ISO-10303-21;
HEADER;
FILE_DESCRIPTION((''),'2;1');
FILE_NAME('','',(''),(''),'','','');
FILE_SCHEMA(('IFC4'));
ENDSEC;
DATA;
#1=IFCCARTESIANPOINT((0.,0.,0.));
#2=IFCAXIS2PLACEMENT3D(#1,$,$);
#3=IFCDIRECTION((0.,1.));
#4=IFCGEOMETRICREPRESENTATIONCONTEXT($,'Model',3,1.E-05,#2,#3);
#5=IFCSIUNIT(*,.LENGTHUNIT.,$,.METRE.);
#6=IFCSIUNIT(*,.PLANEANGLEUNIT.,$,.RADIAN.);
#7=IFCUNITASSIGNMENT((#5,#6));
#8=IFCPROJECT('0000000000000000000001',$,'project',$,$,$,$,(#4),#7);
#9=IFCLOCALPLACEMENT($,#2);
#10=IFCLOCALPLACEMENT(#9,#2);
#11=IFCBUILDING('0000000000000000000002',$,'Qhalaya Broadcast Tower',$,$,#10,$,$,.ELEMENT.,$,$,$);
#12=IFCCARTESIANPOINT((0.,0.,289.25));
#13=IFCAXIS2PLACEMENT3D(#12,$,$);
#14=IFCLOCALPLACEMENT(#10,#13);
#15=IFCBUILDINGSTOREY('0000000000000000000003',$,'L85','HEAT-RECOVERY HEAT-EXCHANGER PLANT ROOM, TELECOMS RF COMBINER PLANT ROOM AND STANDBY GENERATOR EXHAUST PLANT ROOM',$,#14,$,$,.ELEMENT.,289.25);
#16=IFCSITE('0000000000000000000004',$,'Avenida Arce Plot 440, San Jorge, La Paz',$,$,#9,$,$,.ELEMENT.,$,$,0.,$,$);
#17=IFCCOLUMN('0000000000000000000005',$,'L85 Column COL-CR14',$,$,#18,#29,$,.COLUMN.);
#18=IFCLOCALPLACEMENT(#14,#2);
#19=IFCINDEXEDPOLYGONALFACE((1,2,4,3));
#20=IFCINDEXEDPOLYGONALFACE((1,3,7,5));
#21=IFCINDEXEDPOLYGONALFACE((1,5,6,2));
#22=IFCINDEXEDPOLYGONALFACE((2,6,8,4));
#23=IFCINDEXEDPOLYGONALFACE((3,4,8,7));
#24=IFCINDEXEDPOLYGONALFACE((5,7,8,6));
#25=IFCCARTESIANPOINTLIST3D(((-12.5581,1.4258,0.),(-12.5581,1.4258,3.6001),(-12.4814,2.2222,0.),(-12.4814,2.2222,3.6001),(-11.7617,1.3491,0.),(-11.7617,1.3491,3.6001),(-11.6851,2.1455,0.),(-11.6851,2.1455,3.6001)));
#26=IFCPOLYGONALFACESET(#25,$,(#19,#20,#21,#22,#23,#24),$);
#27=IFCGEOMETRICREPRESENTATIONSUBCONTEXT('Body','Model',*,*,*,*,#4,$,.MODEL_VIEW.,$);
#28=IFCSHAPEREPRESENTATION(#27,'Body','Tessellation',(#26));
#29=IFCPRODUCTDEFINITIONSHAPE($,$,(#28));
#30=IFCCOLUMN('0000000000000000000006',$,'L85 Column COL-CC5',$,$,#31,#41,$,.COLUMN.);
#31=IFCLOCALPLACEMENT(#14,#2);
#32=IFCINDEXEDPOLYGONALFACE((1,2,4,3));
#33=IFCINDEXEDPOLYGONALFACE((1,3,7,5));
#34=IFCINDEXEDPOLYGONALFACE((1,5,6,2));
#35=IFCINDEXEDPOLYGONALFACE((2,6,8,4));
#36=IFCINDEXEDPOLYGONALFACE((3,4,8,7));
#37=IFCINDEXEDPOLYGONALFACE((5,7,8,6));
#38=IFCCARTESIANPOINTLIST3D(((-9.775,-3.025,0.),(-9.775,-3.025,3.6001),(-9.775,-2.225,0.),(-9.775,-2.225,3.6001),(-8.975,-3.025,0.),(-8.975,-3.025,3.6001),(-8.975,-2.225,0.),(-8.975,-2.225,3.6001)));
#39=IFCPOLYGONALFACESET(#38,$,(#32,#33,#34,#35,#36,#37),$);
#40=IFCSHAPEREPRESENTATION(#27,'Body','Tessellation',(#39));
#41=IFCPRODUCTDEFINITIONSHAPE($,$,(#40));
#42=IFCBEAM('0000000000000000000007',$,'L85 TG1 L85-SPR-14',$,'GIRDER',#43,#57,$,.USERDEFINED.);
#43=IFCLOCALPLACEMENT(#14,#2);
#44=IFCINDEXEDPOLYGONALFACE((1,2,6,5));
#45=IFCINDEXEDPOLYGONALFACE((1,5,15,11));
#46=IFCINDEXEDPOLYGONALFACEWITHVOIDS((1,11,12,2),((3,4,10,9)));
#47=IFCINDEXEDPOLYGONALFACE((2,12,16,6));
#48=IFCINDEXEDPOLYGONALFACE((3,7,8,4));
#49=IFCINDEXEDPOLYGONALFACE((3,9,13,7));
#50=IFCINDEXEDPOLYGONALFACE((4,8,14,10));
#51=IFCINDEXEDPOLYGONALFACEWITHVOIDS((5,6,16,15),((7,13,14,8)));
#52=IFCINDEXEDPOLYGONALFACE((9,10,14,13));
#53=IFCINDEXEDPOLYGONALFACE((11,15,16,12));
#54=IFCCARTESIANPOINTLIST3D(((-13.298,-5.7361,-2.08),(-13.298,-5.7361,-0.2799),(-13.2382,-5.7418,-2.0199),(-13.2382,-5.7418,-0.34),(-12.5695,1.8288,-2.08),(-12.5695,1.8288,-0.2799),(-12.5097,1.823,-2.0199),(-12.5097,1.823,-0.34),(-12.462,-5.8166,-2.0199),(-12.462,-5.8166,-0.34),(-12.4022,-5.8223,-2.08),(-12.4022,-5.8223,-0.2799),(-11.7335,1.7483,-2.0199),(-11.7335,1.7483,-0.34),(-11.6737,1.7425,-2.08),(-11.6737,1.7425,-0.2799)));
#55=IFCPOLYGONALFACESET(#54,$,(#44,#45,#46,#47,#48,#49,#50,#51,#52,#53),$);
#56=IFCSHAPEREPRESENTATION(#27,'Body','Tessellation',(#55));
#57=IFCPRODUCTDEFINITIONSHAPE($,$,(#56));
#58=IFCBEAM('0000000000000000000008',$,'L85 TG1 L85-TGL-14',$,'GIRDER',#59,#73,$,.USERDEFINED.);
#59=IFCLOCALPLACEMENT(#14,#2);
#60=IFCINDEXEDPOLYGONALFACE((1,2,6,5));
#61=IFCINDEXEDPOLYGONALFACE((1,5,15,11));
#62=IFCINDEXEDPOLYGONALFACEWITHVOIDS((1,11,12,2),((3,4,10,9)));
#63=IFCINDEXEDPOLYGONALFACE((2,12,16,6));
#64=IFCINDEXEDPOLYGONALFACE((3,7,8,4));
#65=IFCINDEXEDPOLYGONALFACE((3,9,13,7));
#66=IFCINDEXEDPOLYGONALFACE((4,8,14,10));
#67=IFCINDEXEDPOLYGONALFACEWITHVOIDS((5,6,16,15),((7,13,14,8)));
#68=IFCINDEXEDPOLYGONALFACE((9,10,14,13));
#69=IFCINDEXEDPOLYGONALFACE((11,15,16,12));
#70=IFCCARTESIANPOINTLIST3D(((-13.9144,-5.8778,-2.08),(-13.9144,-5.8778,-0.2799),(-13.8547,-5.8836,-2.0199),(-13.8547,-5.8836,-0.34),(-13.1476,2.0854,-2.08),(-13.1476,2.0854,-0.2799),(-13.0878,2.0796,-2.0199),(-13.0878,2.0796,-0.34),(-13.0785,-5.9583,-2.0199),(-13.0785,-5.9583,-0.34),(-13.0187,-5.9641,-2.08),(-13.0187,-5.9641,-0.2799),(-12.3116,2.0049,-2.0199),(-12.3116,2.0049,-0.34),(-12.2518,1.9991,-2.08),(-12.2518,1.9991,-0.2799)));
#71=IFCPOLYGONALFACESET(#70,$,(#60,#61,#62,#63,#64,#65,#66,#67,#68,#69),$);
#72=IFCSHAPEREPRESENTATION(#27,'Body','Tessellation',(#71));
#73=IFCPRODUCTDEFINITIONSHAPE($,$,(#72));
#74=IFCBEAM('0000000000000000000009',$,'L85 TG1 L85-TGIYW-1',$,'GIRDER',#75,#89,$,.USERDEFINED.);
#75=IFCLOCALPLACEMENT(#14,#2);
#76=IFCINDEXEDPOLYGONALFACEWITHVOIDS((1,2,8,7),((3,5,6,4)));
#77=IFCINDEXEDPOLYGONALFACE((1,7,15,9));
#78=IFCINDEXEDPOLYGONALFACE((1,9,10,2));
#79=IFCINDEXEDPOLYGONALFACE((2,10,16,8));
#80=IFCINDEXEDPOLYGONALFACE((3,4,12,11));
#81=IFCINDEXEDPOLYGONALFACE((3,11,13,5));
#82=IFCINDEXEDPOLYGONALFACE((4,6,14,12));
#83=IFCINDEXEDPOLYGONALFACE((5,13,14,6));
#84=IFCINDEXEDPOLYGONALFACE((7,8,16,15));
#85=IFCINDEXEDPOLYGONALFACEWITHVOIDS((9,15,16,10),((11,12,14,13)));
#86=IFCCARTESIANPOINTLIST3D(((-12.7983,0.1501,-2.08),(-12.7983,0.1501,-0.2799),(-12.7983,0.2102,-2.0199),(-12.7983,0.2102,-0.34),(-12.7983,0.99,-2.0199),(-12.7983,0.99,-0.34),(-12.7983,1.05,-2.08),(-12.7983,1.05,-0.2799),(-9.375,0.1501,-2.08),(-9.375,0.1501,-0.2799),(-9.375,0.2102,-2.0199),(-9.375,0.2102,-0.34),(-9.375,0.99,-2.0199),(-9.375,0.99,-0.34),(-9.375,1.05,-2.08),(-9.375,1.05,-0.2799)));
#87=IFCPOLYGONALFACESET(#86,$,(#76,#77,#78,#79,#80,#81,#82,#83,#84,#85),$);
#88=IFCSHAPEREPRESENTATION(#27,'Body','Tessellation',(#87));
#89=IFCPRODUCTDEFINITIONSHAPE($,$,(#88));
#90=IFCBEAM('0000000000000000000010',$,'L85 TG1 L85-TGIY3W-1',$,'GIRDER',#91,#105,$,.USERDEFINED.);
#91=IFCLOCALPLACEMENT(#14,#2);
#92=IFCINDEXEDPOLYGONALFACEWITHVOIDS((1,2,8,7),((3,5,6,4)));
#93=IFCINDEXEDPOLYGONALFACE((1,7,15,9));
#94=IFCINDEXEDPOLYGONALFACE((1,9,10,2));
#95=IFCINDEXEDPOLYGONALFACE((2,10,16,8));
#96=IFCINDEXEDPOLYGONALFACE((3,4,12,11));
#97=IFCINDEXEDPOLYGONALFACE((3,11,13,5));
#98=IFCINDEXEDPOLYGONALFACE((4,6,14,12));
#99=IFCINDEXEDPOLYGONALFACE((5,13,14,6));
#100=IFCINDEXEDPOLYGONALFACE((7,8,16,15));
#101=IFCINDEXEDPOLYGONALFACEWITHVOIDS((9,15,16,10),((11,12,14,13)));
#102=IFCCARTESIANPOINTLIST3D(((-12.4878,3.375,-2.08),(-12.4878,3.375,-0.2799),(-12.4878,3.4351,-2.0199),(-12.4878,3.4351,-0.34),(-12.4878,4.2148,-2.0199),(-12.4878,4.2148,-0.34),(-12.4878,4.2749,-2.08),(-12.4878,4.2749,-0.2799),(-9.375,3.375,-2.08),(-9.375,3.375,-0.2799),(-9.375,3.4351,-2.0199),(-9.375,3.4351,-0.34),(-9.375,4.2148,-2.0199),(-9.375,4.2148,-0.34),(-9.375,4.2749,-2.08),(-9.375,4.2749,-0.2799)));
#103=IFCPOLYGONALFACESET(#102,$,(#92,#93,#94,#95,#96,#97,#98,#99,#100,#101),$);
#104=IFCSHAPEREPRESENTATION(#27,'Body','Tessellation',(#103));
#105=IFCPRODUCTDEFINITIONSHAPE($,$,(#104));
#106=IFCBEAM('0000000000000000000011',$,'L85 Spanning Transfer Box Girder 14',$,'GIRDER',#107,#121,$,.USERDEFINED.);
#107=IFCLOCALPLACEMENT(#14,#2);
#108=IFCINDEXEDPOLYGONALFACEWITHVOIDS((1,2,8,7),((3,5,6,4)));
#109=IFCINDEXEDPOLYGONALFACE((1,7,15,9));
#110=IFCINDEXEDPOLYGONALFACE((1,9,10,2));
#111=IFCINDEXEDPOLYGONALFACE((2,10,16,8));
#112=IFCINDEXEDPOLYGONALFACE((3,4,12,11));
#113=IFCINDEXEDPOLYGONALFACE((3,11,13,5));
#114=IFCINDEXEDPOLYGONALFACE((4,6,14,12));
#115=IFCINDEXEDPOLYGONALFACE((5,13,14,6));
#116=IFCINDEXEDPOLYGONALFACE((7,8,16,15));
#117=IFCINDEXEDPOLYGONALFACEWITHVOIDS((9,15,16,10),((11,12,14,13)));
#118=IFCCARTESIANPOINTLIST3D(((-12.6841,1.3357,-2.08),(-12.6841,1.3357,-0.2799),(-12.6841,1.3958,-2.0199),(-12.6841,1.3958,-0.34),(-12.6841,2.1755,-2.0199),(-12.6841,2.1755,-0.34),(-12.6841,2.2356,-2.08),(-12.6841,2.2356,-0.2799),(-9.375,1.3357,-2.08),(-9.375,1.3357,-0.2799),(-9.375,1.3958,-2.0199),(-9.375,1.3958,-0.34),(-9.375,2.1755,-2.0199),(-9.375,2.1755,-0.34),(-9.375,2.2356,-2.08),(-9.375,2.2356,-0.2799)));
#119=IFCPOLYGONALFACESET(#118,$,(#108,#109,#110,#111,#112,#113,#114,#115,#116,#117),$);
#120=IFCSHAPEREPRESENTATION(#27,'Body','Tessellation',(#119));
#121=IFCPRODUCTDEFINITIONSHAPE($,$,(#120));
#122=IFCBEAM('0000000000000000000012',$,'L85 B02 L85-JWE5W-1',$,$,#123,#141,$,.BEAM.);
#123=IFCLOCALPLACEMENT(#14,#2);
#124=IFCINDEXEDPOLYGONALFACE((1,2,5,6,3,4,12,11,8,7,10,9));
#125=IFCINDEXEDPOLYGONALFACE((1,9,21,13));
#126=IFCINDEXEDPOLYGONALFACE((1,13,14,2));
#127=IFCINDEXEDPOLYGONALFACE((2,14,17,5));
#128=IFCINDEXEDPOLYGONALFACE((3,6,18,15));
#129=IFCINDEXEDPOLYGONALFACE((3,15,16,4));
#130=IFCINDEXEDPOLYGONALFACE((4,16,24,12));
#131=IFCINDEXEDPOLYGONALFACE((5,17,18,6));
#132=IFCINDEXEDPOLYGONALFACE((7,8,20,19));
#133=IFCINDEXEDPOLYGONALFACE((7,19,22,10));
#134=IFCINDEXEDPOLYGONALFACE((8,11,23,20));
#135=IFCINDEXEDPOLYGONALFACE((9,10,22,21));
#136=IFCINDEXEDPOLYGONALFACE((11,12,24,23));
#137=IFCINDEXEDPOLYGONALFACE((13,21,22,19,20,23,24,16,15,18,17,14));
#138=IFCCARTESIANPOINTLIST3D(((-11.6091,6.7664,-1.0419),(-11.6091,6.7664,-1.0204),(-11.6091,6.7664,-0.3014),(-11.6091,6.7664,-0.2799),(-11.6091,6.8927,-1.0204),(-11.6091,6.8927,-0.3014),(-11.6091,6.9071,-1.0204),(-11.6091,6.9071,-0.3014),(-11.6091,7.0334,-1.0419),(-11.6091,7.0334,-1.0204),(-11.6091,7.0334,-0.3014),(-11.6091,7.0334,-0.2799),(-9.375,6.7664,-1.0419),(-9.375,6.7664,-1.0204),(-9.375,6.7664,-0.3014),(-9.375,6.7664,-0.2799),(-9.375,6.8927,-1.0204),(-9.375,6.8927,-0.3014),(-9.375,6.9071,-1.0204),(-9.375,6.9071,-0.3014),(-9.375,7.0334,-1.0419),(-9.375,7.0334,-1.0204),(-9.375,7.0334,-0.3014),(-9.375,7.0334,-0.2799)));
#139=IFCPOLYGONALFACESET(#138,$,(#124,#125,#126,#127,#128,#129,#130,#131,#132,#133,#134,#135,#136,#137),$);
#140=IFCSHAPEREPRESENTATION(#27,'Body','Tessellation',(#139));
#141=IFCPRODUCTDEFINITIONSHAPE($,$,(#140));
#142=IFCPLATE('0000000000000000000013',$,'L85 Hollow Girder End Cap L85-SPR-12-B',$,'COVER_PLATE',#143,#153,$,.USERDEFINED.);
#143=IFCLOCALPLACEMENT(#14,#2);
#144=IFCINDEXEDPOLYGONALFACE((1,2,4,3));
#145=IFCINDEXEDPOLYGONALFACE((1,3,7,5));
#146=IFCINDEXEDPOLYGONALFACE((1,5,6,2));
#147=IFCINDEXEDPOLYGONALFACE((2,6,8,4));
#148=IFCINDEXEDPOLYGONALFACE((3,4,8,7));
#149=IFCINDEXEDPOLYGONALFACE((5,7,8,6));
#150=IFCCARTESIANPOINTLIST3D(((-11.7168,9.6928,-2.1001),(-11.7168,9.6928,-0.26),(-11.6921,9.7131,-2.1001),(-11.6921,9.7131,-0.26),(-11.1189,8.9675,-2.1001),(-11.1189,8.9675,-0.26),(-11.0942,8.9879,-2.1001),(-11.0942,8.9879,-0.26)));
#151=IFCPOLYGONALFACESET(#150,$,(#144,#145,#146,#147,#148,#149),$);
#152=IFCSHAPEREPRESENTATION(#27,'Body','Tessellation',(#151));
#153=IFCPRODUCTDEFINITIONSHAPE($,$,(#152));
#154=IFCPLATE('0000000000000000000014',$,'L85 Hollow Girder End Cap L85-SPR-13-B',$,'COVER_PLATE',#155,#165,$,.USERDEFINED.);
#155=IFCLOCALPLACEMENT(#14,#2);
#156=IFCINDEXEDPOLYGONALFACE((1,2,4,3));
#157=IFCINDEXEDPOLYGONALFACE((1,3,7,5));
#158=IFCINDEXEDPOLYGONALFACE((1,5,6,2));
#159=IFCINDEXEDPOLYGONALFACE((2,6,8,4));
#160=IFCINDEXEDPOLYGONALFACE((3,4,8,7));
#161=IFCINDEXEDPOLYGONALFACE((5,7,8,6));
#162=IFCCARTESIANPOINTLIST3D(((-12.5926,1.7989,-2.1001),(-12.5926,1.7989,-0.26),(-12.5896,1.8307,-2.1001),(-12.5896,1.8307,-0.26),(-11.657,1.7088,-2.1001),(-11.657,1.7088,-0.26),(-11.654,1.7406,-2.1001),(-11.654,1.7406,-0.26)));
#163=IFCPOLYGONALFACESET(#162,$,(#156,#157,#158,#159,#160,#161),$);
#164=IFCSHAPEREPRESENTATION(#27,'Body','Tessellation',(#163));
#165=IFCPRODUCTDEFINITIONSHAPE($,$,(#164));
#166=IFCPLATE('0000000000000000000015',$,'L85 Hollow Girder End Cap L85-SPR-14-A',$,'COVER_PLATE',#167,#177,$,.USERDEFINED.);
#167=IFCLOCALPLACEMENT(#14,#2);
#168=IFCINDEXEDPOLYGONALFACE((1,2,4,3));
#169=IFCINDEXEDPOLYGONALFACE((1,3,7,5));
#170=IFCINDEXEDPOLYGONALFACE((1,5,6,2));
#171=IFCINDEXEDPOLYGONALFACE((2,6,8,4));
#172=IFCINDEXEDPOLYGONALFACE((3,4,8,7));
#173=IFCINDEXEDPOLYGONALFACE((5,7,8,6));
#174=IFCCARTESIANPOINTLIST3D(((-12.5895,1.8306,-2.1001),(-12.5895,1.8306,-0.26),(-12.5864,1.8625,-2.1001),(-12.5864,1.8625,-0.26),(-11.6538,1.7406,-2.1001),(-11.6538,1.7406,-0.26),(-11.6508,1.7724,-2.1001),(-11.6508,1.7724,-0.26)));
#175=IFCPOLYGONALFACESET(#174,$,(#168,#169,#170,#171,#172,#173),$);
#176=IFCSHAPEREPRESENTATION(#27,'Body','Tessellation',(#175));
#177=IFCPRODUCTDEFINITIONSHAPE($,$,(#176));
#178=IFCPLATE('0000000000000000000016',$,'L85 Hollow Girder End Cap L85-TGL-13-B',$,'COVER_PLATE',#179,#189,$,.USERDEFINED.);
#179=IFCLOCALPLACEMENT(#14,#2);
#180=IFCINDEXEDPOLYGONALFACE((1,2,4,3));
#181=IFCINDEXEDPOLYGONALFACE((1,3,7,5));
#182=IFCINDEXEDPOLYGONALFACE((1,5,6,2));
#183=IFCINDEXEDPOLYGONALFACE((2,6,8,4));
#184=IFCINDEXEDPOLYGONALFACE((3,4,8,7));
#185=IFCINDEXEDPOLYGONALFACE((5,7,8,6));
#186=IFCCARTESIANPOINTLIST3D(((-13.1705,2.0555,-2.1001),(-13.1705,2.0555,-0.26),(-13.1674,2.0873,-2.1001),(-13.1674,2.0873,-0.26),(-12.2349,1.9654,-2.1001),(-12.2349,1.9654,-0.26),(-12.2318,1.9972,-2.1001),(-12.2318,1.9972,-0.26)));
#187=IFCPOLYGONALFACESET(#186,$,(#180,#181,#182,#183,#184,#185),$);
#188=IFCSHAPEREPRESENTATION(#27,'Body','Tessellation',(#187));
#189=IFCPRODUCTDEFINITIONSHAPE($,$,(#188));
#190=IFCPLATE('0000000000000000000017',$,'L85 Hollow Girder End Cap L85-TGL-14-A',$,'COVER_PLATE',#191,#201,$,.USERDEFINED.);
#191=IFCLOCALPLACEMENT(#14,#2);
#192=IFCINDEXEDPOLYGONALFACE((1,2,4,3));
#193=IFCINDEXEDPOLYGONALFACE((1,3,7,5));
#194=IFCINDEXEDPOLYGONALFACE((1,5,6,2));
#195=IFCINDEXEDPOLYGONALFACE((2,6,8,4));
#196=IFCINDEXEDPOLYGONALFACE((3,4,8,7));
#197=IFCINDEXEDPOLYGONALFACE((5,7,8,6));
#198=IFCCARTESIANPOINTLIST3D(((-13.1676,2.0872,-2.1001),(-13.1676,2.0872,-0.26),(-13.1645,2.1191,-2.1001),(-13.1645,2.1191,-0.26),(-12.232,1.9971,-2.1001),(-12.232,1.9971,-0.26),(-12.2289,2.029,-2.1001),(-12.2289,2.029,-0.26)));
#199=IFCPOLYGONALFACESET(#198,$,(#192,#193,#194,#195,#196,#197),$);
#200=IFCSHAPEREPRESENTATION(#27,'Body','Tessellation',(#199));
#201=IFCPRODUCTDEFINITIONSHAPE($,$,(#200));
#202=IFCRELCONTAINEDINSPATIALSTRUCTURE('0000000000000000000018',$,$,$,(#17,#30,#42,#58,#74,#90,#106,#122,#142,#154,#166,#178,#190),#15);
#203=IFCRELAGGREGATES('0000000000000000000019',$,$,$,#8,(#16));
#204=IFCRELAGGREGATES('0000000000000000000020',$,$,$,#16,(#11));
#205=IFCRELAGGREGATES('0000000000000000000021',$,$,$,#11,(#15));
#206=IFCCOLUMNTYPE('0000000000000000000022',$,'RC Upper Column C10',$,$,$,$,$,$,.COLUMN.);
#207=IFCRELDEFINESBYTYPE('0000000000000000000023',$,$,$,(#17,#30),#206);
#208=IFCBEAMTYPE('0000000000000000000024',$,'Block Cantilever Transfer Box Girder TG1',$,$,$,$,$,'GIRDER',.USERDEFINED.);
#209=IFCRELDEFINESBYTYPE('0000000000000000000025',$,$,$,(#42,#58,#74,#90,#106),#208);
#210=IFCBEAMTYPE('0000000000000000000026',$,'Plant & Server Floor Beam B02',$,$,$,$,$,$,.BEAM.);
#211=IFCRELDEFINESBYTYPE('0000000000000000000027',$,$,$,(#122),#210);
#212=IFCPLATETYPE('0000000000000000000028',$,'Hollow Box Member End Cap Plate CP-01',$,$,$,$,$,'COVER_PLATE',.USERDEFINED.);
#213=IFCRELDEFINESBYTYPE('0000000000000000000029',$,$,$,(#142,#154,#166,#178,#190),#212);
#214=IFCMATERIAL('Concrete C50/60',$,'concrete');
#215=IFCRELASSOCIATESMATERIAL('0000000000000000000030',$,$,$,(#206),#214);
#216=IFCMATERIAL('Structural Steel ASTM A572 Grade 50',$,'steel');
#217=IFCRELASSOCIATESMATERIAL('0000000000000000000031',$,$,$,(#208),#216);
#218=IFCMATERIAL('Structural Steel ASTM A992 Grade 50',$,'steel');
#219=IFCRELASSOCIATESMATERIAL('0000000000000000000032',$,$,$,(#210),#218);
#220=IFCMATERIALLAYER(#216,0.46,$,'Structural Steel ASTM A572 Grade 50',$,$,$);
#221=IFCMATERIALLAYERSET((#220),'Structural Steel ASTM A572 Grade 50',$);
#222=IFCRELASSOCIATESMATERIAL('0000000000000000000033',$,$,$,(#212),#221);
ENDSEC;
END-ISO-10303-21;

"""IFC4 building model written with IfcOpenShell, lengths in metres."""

from ifc_helpers import new_model, si_unit, direction, frame, origin, origin_2d, place, context, subcontext, project, spatial, rectangle, hollow_rectangle, i_section, extrude, material, layer, layer_set, material_profile, profile_set, type_object, element, save


model = new_model("IFC4")

# Units and contexts
model_context = context("Model", 3, precision=1e-05, world=origin(), true_north=direction((0.0, 1.0)))
body_context = subcontext(model_context, "Body", "Model", "MODEL_VIEW")
ifc_project = project(units=[si_unit("LENGTHUNIT", "METRE"), si_unit("PLANEANGLEUNIT", "RADIAN")], contexts=[model_context])

# Site, building, storey
site_placement = place(None, origin())
site = spatial("IfcSite", under=ifc_project, at=site_placement, Name="Avenida Arce Plot 440, San Jorge, La Paz", CompositionType="ELEMENT", RefElevation=0.0)
building_placement = place(site_placement, origin())
building = spatial("IfcBuilding", under=site, at=building_placement, Name="Qhalaya Broadcast Tower", CompositionType="ELEMENT")
storey_placement = place(building_placement, frame((0.0, 0.0, 289.25)))
storey = spatial("IfcBuildingStorey", under=building, at=storey_placement, Name="L85", Description="HEAT-RECOVERY HEAT-EXCHANGER PLANT ROOM, TELECOMS RF COMBINER PLANT ROOM AND STANDBY GENERATOR EXHAUST PLANT ROOM", CompositionType="ELEMENT", Elevation=289.25)

# Columns
ifc_material_1 = material(Name="Concrete C50/60", Category="concrete")
ifc_material_profile_1 = material_profile(ifc_material_1, rectangle(XDim=0.8, YDim=0.8, at=origin_2d()), Name="RC-COL 800x800")
ifc_profile_set_1 = profile_set([ifc_material_profile_1], Name="Concrete C50/60")
column_type = type_object("IfcColumnType", Name="RC Upper Column C10", PredefinedType="COLUMN", material=ifc_profile_set_1)
for number, where, z_axis, x_axis, name in (
    (1, (-12.1216, 1.7856, 0.0), (0.0, 0.0, 1.0), (0.095846, 0.995396, 0.0), "L85 Column COL-CR14"),
    (2, (-9.375, -2.625, 0.0), (0.0, 0.0, 1.0), (1.0, 0.0, 0.0), "L85 Column COL-CC5"),
):
    element("IfcColumn", number, at=place(storey_placement, frame(where, z_axis=z_axis, x_axis=x_axis)), inside=storey, type_object=column_type, Name=name, PredefinedType="COLUMN", context=body_context, shape_type="SweptSolid", body=[
        extrude(rectangle(XDim=0.8, YDim=0.8, at=origin_2d()), origin(), (0.0, 0.0, 1.0), 3.6001),
    ])

# Beams
ifc_material_2 = material(Name="Structural Steel ASTM A572 Grade 50", Category="steel")
ifc_material_profile_2 = material_profile(ifc_material_2, hollow_rectangle(XDim=0.8999, YDim=1.8, WallThickness=0.0601, at=origin_2d()), Name="BOX 900x1800x60")
ifc_profile_set_2 = profile_set([ifc_material_profile_2], Name="Structural Steel ASTM A572 Grade 50")
beam_type_1 = type_object("IfcBeamType", Name="Block Cantilever Transfer Box Girder TG1", ElementType="GIRDER", PredefinedType="USERDEFINED", material=ifc_profile_set_2)
beam_1_placement = place(storey_placement, frame((-12.1216, 1.7856, -1.1799), z_axis=(-0.095858, -0.995395, 0.0), x_axis=(0.995395, -0.095858, 0.0)))
element("IfcBeam", 3, at=beam_1_placement, inside=storey, type_object=beam_type_1, Name="L85 TG1 L85-SPR-14", ObjectType="GIRDER", PredefinedType="USERDEFINED", context=body_context, shape_type="SweptSolid", body=[
    extrude(hollow_rectangle(XDim=0.8999, YDim=1.8, WallThickness=0.0601, at=origin_2d()), origin(), (0.0, 0.0, 1.0), 7.5999),
])
beam_2_placement = place(storey_placement, frame((-12.6997, 2.0422, -1.1799), z_axis=(-0.095856, -0.995395, 0.0), x_axis=(0.995395, -0.095856, 0.0)))
element("IfcBeam", 4, at=beam_2_placement, inside=storey, type_object=beam_type_1, Name="L85 TG1 L85-TGL-14", ObjectType="GIRDER", PredefinedType="USERDEFINED", context=body_context, shape_type="SweptSolid", body=[
    extrude(hollow_rectangle(XDim=0.8999, YDim=1.8, WallThickness=0.0601, at=origin_2d()), origin(), (0.0, 0.0, 1.0), 8.0),
])
beam_3_placement = place(storey_placement, frame((-12.7983, 0.6001, -1.1799), z_axis=(1.0, 0.0, 0.0), x_axis=(0.0, 1.0, 0.0)))
element("IfcBeam", 5, at=beam_3_placement, inside=storey, type_object=beam_type_1, Name="L85 TG1 L85-TGIYW-1", ObjectType="GIRDER", PredefinedType="USERDEFINED", context=body_context, shape_type="SweptSolid", body=[
    extrude(hollow_rectangle(XDim=0.8999, YDim=1.8, WallThickness=0.0601, at=origin_2d()), origin(), (0.0, 0.0, 1.0), 3.4233),
])
beam_4_placement = place(storey_placement, frame((-12.4878, 3.825, -1.1799), z_axis=(1.0, 0.0, 0.0), x_axis=(0.0, 1.0, 0.0)))
element("IfcBeam", 6, at=beam_4_placement, inside=storey, type_object=beam_type_1, Name="L85 TG1 L85-TGIY3W-1", ObjectType="GIRDER", PredefinedType="USERDEFINED", context=body_context, shape_type="SweptSolid", body=[
    extrude(hollow_rectangle(XDim=0.8999, YDim=1.8, WallThickness=0.0601, at=origin_2d()), origin(), (0.0, 0.0, 1.0), 3.1128),
])
beam_5_placement = place(storey_placement, frame((-12.6841, 1.7856, -1.1799), z_axis=(1.0, 0.0, 0.0), x_axis=(0.0, 1.0, 0.0)))
element("IfcBeam", 7, at=beam_5_placement, inside=storey, type_object=beam_type_1, Name="L85 Spanning Transfer Box Girder 14", ObjectType="GIRDER", PredefinedType="USERDEFINED", context=body_context, shape_type="SweptSolid", body=[
    extrude(hollow_rectangle(XDim=0.8999, YDim=1.8, WallThickness=0.0601, at=origin_2d()), origin(), (0.0, 0.0, 1.0), 3.3091),
])
ifc_material_3 = material(Name="Structural Steel ASTM A992 Grade 50", Category="steel")
ifc_material_profile_3 = material_profile(ifc_material_3, i_section(OverallWidth=0.2671, OverallDepth=0.762, WebThickness=0.0144, FlangeThickness=0.0215, at=origin_2d()), Name="W30X116")
ifc_profile_set_3 = profile_set([ifc_material_profile_3], Name="Structural Steel ASTM A992 Grade 50")
beam_type_2 = type_object("IfcBeamType", Name="Plant & Server Floor Beam B02", PredefinedType="BEAM", material=ifc_profile_set_3)
beam_6_placement = place(storey_placement, frame((-11.6091, 6.8999, -0.6609), z_axis=(1.0, 0.0, 0.0), x_axis=(0.0, 1.0, 0.0)))
element("IfcBeam", 8, at=beam_6_placement, inside=storey, type_object=beam_type_2, Name="L85 B02 L85-JWE5W-1", PredefinedType="BEAM", context=body_context, shape_type="SweptSolid", body=[
    extrude(i_section(OverallWidth=0.2671, OverallDepth=0.762, WebThickness=0.0144, FlangeThickness=0.0215, at=origin_2d()), origin(), (0.0, 0.0, 1.0), 2.2341),
])

# Plates
ifc_layer_1 = layer(ifc_material_2, 0.46, Name="Structural Steel ASTM A572 Grade 50")
ifc_layer_set_1 = layer_set([ifc_layer_1], Name="Structural Steel ASTM A572 Grade 50")
plate_type = type_object("IfcPlateType", Name="Hollow Box Member End Cap Plate CP-01", ElementType="COVER_PLATE", PredefinedType="USERDEFINED", material=ifc_layer_set_1)
for number, where, z_axis, x_axis, name in (
    (9, (-11.4055, 9.3403, -2.1001), (0.0, 0.0, 1.0), (0.636078, -0.771625, 0.0), "L85 Hollow Girder End Cap L85-SPR-12-B"),
    (10, (-12.1233, 1.7698, -2.1001), (0.0, 0.0, 1.0), (0.995395, -0.095863, 0.0), "L85 Hollow Girder End Cap L85-SPR-13-B"),
    (11, (-12.1201, 1.8015, -2.1001), (0.0, 0.0, 1.0), (0.995396, -0.095846, 0.0), "L85 Hollow Girder End Cap L85-SPR-14-A"),
    (12, (-12.7012, 2.0264, -2.1001), (0.0, 0.0, 1.0), (0.995396, -0.095846, 0.0), "L85 Hollow Girder End Cap L85-TGL-13-B"),
    (13, (-12.6982, 2.0581, -2.1001), (0.0, 0.0, 1.0), (0.995396, -0.095846, 0.0), "L85 Hollow Girder End Cap L85-TGL-14-A"),
):
    element("IfcPlate", number, at=place(storey_placement, frame(where, z_axis=z_axis, x_axis=x_axis)), inside=storey, type_object=plate_type, Name=name, ObjectType="COVER_PLATE", PredefinedType="USERDEFINED", context=body_context, shape_type="SweptSolid", body=[
        extrude(rectangle(XDim=0.9399, YDim=0.032, at=origin_2d()), origin(), (0.0, 0.0, 1.0), 1.8401),
    ])

save(model, "model.ifc")
